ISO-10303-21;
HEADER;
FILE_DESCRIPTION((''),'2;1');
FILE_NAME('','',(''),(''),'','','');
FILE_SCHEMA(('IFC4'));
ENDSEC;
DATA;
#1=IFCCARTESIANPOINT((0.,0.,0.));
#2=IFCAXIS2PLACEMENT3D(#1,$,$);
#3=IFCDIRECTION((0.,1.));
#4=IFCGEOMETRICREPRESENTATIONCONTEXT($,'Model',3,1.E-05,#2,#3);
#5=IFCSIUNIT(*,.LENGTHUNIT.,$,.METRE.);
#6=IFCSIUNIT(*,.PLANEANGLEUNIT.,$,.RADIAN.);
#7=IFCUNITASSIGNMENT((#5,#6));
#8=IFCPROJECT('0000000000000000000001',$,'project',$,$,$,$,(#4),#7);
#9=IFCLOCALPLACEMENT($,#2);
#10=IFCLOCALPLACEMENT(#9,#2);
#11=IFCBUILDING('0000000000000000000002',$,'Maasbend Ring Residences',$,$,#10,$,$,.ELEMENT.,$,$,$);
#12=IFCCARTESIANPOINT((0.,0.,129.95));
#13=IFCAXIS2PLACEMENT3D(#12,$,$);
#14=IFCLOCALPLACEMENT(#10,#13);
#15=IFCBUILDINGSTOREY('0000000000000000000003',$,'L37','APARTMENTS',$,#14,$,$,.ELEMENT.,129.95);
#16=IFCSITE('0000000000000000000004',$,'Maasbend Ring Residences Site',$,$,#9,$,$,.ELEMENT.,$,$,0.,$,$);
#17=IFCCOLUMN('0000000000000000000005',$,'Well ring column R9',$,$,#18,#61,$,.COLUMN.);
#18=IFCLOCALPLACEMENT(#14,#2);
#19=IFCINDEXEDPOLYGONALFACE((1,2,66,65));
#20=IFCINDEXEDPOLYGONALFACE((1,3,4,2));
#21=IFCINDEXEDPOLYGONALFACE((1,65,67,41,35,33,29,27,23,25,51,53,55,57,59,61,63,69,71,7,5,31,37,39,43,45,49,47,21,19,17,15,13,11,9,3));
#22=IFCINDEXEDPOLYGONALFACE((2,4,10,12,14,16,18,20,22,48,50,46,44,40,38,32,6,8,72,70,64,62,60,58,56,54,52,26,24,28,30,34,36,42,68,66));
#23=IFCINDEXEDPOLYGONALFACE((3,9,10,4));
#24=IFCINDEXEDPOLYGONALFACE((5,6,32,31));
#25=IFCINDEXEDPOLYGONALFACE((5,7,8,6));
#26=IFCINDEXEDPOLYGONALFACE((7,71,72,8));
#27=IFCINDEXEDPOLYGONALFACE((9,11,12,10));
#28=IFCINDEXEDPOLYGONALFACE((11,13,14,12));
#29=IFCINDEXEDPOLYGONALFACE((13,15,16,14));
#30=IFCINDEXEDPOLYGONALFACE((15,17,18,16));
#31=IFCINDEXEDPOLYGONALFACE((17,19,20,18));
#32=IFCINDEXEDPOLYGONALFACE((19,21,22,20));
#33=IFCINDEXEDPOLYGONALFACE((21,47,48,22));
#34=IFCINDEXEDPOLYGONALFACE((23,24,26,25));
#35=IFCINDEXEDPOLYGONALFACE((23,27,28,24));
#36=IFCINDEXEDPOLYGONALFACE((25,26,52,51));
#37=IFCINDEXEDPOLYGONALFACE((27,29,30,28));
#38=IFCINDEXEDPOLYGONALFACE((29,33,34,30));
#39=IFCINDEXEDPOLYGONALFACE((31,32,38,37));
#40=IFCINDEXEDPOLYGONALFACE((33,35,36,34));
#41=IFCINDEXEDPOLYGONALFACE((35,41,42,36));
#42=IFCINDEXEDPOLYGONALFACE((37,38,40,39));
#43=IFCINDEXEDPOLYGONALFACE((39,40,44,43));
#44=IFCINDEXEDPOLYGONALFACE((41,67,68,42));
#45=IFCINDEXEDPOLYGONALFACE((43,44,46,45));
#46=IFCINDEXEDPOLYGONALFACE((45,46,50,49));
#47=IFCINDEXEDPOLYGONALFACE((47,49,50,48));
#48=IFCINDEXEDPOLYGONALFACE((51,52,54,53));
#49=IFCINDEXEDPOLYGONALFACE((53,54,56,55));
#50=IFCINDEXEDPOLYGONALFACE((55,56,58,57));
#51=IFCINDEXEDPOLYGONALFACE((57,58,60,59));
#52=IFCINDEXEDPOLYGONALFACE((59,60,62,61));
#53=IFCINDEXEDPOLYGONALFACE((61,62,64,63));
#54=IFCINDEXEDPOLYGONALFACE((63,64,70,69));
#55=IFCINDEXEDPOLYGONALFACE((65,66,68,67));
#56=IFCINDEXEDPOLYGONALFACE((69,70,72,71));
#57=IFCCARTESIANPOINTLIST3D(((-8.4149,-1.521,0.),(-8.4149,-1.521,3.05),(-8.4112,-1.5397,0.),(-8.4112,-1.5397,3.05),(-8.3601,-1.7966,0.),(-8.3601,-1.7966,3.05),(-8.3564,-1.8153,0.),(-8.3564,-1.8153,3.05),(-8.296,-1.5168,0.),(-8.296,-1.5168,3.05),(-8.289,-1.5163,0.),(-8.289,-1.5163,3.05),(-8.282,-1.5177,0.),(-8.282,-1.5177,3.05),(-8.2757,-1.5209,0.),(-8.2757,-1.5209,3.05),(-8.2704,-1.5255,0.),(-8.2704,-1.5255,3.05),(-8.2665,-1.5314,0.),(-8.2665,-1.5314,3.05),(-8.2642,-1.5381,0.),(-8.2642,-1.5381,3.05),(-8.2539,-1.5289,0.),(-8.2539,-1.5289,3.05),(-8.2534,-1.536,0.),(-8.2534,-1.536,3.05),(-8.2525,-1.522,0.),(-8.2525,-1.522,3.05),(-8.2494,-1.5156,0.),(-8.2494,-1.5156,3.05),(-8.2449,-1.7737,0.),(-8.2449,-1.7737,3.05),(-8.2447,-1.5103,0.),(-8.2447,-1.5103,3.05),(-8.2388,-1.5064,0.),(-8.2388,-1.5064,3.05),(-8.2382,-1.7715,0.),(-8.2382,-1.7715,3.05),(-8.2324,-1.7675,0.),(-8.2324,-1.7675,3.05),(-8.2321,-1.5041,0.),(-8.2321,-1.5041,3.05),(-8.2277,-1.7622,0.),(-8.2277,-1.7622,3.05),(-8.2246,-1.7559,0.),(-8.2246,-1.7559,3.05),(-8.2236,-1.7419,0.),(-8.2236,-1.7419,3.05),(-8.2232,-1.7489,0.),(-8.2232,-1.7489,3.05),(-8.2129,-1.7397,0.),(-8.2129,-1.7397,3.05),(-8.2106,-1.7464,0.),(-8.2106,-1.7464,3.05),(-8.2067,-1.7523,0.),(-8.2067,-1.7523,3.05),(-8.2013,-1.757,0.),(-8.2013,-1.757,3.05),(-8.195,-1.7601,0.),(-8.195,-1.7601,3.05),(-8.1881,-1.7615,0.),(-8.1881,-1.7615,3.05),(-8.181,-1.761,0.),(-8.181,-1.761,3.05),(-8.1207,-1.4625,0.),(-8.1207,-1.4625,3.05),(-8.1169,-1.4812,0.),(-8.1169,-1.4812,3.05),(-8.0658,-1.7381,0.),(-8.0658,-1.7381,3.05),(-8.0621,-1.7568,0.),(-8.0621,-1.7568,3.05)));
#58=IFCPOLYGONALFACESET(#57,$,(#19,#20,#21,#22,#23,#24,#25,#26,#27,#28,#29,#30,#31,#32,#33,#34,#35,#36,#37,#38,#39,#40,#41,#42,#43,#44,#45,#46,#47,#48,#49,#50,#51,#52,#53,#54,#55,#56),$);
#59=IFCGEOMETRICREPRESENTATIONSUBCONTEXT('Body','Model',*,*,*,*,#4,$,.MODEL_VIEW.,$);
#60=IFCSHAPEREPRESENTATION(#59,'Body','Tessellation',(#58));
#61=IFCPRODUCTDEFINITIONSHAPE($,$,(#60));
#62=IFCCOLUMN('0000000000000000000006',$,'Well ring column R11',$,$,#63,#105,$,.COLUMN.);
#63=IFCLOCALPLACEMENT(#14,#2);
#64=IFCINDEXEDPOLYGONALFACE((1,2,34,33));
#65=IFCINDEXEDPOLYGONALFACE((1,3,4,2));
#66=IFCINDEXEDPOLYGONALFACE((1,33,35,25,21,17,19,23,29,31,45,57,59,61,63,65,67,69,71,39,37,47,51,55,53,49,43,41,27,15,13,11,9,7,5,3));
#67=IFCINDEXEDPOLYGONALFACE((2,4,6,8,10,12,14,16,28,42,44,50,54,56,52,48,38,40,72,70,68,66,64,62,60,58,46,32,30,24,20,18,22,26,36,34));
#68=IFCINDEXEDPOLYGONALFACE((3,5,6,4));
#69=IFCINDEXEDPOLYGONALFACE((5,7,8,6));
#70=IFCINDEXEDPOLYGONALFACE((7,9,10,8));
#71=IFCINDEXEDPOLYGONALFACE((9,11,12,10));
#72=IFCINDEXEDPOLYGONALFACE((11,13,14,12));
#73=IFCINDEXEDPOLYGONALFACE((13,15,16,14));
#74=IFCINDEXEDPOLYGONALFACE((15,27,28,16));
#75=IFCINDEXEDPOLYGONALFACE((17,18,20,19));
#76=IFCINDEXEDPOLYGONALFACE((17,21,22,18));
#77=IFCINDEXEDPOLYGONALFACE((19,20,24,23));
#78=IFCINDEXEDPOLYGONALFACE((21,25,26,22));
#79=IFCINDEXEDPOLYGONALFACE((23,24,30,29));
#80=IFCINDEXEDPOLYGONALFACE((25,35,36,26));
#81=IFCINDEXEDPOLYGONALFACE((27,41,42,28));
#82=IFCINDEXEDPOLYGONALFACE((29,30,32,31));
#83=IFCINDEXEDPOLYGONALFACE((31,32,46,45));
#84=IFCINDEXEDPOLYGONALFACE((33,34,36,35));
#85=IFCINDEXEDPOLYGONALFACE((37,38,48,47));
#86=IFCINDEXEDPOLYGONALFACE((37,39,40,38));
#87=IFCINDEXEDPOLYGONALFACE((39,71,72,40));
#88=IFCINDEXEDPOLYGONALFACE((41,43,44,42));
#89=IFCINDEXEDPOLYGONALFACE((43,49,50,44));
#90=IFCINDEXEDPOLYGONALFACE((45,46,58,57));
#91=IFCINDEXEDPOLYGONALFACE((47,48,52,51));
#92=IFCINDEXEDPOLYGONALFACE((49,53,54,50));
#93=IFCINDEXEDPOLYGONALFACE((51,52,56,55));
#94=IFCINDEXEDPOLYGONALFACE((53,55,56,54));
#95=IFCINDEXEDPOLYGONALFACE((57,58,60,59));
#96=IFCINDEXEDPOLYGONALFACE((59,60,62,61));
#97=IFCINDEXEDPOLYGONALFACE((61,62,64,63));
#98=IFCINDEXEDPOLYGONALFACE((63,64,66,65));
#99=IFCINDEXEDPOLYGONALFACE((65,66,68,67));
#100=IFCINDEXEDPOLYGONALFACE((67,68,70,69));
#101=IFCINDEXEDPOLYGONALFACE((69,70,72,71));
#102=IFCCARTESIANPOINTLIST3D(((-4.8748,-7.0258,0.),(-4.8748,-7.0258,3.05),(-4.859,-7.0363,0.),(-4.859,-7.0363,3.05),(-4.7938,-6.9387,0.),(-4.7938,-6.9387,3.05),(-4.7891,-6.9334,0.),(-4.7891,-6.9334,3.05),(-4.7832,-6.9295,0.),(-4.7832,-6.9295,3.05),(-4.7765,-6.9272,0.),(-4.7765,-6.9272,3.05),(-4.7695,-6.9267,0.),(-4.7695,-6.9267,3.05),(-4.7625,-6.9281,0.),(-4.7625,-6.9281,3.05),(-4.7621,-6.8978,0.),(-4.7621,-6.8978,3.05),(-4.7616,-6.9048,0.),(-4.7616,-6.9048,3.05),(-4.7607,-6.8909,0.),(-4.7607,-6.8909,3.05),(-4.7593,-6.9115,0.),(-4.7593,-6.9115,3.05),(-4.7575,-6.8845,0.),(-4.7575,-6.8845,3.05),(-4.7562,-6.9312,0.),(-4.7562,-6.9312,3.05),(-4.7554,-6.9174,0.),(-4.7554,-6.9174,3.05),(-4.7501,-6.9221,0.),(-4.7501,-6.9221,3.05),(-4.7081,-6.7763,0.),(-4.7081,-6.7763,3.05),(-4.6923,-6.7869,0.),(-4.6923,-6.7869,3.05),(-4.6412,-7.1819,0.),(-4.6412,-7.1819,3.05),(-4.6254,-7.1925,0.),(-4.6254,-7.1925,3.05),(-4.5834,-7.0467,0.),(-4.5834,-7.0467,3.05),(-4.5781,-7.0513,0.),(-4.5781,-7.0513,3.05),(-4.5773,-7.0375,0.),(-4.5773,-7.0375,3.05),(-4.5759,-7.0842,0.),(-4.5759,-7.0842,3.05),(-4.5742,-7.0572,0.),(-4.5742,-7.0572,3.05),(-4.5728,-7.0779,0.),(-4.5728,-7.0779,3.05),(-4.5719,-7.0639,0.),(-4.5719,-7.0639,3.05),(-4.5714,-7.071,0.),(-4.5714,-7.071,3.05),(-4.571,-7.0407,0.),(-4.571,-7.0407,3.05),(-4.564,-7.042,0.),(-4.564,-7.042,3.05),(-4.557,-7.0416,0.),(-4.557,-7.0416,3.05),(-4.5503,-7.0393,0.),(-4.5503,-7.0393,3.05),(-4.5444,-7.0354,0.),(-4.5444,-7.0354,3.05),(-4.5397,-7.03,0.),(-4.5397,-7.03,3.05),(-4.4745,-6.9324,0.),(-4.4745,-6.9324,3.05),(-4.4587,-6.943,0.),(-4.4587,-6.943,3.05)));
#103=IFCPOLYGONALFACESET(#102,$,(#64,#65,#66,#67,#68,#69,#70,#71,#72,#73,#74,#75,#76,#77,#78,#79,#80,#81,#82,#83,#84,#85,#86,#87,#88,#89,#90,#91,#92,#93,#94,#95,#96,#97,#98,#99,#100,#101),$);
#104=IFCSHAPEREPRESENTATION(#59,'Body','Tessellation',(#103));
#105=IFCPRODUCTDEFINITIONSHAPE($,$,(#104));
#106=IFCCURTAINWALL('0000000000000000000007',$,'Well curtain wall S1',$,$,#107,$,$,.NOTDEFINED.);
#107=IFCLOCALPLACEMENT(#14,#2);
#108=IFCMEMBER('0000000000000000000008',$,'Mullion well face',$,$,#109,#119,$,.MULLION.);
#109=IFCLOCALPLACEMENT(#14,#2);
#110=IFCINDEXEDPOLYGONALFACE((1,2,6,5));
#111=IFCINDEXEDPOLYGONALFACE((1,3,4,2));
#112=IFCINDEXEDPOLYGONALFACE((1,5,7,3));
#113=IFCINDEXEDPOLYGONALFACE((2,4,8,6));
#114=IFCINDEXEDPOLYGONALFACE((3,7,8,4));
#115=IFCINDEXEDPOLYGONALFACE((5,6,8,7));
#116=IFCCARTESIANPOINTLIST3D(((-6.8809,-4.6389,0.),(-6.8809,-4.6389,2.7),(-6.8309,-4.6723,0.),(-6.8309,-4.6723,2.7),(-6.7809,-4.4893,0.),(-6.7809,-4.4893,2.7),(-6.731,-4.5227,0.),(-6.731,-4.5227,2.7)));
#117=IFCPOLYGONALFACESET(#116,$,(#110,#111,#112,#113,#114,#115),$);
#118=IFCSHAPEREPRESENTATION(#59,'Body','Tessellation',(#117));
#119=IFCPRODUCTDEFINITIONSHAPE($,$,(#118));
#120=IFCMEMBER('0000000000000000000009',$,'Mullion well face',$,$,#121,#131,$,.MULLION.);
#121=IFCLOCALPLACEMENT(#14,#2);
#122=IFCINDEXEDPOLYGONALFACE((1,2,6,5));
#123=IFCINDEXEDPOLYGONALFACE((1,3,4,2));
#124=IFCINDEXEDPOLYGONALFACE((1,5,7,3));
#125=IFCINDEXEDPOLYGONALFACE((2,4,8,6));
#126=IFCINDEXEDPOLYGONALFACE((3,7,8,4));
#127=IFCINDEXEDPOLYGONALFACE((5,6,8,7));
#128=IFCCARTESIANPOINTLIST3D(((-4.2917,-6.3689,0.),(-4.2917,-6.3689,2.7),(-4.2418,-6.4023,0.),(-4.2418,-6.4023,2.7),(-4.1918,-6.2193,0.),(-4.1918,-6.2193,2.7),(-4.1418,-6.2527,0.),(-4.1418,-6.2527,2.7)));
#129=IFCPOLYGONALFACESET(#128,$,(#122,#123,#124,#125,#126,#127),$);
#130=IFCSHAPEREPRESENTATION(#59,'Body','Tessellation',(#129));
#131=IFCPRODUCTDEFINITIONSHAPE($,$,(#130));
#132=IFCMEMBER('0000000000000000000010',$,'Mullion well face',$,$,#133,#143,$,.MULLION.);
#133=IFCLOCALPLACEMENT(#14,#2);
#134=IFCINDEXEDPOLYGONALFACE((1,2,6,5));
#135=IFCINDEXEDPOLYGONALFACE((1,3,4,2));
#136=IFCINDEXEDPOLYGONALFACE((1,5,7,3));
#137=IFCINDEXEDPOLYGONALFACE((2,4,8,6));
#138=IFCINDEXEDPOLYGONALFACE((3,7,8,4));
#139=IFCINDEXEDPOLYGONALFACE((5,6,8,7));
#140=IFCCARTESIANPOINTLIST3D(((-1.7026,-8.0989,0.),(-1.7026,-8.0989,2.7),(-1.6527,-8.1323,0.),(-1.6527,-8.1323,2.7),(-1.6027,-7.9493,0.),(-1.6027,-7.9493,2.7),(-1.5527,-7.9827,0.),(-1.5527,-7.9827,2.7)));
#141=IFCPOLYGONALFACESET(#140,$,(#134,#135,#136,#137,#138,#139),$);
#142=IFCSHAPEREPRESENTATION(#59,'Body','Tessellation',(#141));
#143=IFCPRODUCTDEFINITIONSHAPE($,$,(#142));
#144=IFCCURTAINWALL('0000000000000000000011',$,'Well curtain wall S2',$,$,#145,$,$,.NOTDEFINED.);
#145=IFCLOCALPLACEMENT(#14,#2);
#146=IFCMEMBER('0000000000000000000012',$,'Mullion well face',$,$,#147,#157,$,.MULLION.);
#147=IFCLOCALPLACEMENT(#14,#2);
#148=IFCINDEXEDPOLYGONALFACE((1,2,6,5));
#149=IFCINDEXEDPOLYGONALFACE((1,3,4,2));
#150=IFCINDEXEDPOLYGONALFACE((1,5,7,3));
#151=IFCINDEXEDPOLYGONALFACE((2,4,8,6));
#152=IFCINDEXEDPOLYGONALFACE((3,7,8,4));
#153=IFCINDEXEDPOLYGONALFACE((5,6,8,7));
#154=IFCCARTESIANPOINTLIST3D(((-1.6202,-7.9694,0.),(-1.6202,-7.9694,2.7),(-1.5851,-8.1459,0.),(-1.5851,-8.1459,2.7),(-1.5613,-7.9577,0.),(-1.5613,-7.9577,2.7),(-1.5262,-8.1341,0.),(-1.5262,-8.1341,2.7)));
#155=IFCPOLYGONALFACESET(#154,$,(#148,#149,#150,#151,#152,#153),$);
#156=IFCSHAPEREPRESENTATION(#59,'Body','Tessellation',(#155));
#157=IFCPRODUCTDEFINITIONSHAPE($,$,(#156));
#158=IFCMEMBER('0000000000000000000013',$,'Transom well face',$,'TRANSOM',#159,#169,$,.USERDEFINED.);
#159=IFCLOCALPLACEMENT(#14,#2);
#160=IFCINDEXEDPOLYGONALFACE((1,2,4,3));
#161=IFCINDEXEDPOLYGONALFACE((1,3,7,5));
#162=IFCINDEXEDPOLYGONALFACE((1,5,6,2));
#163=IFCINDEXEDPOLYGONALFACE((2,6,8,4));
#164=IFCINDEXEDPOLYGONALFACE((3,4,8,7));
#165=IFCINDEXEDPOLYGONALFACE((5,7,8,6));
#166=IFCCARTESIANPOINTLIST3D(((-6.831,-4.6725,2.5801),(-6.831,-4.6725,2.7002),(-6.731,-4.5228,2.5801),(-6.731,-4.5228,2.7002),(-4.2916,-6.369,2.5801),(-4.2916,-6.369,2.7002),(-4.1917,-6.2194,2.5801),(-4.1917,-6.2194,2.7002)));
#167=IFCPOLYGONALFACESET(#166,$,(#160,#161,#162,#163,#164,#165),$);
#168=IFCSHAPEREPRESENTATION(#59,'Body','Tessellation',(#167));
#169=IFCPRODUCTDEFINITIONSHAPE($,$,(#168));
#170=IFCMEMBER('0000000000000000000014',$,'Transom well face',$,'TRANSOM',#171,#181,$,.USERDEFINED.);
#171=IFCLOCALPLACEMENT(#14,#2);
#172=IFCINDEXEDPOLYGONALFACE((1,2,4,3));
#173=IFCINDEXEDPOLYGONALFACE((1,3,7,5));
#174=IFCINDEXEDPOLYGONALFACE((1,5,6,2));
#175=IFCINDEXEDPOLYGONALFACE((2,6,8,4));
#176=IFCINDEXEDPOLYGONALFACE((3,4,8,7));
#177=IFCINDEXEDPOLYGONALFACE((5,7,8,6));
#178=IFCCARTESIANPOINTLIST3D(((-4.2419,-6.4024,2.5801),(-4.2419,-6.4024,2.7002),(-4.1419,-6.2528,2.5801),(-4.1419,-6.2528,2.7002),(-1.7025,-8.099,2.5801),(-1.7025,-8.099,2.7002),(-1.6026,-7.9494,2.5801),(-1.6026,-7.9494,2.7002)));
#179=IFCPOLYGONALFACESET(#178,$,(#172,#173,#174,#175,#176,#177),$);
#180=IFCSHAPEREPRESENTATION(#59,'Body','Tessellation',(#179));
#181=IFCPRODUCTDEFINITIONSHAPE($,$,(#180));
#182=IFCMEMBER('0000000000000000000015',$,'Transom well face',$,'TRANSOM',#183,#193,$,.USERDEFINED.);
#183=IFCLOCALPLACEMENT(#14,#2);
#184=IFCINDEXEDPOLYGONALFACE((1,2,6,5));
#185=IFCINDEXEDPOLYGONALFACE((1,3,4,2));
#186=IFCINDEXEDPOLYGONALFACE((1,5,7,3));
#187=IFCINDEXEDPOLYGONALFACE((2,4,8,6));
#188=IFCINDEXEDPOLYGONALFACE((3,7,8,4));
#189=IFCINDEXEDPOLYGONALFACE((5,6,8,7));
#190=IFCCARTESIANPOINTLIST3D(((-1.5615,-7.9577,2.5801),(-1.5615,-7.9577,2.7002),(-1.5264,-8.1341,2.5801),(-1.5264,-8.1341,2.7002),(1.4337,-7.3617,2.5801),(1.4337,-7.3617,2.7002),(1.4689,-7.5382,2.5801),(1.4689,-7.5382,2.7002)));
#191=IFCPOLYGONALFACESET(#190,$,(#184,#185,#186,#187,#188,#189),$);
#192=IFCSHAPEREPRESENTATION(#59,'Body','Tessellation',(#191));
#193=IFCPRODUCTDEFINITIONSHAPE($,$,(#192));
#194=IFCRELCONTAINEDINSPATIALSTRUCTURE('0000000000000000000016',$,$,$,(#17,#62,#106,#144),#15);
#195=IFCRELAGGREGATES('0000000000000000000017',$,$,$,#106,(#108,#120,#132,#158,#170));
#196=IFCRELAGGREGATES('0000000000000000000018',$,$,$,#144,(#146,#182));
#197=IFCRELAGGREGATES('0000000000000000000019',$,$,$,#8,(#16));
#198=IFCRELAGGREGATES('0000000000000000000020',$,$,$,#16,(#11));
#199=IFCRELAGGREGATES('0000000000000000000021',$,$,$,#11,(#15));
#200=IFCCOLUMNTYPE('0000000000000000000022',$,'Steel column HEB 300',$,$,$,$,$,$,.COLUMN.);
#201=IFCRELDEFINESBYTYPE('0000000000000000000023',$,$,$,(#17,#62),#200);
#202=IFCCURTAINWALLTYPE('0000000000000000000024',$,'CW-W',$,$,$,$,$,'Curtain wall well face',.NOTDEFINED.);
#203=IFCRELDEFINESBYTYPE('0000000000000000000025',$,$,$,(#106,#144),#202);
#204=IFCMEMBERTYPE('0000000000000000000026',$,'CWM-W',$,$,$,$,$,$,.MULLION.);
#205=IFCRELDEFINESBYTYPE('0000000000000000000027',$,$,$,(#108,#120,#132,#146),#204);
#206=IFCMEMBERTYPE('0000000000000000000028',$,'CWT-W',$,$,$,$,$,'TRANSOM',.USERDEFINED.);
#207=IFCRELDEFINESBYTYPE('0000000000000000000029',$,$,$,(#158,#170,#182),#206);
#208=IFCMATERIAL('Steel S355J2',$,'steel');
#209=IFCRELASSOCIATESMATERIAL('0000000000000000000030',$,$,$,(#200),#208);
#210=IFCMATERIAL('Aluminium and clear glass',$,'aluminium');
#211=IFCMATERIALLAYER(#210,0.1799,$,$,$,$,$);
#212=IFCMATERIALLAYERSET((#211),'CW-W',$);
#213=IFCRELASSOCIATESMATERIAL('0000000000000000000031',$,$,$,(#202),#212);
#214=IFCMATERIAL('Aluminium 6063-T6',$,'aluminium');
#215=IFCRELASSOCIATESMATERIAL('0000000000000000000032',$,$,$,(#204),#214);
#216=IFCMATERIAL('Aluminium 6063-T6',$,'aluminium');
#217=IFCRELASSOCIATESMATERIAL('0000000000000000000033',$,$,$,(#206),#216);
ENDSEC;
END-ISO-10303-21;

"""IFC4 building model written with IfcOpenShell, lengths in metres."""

from ifc_helpers import new_model, si_unit, direction, frame, origin, origin_2d, place, context, subcontext, project, spatial, rectangle, i_section, extrude, material, layer, layer_set, material_profile, profile_set, type_object, element, aggregate, save


model = new_model("IFC4")

# Units and contexts
model_context = context("Model", 3, precision=1e-05, world=origin(), true_north=direction((0.0, 1.0)))
body_context = subcontext(model_context, "Body", "Model", "MODEL_VIEW")
ifc_project = project(units=[si_unit("LENGTHUNIT", "METRE"), si_unit("PLANEANGLEUNIT", "RADIAN")], contexts=[model_context])

# Site, building, storey
site_placement = place(None, origin())
site = spatial("IfcSite", under=ifc_project, at=site_placement, Name="Maasbend Ring Residences Site", CompositionType="ELEMENT", RefElevation=0.0)
building_placement = place(site_placement, origin())
building = spatial("IfcBuilding", under=site, at=building_placement, Name="Maasbend Ring Residences", CompositionType="ELEMENT")
storey_placement = place(building_placement, frame((0.0, 0.0, 129.95)))
storey = spatial("IfcBuildingStorey", under=building, at=storey_placement, Name="L37", Description="APARTMENTS", CompositionType="ELEMENT", Elevation=129.95)

# Columns
ifc_material_1 = material(Name="Steel S355J2", Category="steel")
ifc_material_profile_1 = material_profile(ifc_material_1, i_section(OverallWidth=0.3, OverallDepth=0.3, WebThickness=0.011, FlangeThickness=0.019, FilletRadius=0.0271, at=origin_2d()), Name="HEB 300")
ifc_profile_set_1 = profile_set([ifc_material_profile_1], Name="Steel S355J2")
column_type = type_object("IfcColumnType", Name="Steel column HEB 300", PredefinedType="COLUMN", material=ifc_profile_set_1)
for number, where, z_axis, x_axis, name in (
    (1, (-8.2385, -1.6389, 0.0), (0.0, 0.0, 1.0), (-0.980785, -0.19509, 0.0), "Well ring column R9"),
    (2, (-4.6667, -6.9844, 0.0), (0.0, 0.0, 1.0), (-0.55557, -0.83147, 0.0), "Well ring column R11"),
):
    element("IfcColumn", number, at=place(storey_placement, frame(where, z_axis=z_axis, x_axis=x_axis)), inside=storey, type_object=column_type, Name=name, PredefinedType="COLUMN", context=body_context, shape_type="SweptSolid", body=[
        extrude(i_section(OverallWidth=0.3, OverallDepth=0.3, WebThickness=0.011, FlangeThickness=0.019, FilletRadius=0.0271, at=origin_2d()), origin(), (0.0, 0.0, 1.0), 3.05),
    ])

# Curtain wall, members
ifc_material_2 = material(Name="Aluminium and clear glass", Category="aluminium")
ifc_layer_1 = layer(ifc_material_2, 0.1799)
ifc_layer_set_1 = layer_set([ifc_layer_1], Name="CW-W")
curtain_wall_type = type_object("IfcCurtainWallType", Name="CW-W", ElementType="Curtain wall well face", PredefinedType="NOTDEFINED", material=ifc_layer_set_1)
curtain_wall_1_placement = place(storey_placement, origin())
curtain_wall_1 = element("IfcCurtainWall", 3, at=curtain_wall_1_placement, inside=storey, type_object=curtain_wall_type, Name="Well curtain wall S1", PredefinedType="NOTDEFINED")
ifc_material_3 = material(Name="Aluminium 6063-T6", Category="aluminium")
ifc_material_profile_2 = material_profile(ifc_material_3, rectangle(XDim=0.1799, YDim=0.0601, at=origin_2d()), Name="AL 180x60")
ifc_profile_set_2 = profile_set([ifc_material_profile_2], Name="Aluminium 6063-T6")
member_type_1 = type_object("IfcMemberType", Name="CWM-W", PredefinedType="MULLION", material=ifc_profile_set_2)
member_1_placement = place(storey_placement, frame((-6.8059, -4.5808, 0.0), z_axis=(0.0, 0.0, 1.0), x_axis=(0.55557, 0.83147, 0.0)))
member_1 = element("IfcMember", 4, at=member_1_placement, type_object=member_type_1, Name="Mullion well face", PredefinedType="MULLION", context=body_context, shape_type="SweptSolid", body=[
    extrude(rectangle(XDim=0.1799, YDim=0.0601, at=origin_2d()), origin(), (0.0, 0.0, 1.0), 2.7),
])
member_2_placement = place(storey_placement, frame((-4.2168, -6.3108, 0.0), z_axis=(0.0, 0.0, 1.0), x_axis=(0.55557, 0.83147, 0.0)))
member_2 = element("IfcMember", 5, at=member_2_placement, type_object=member_type_1, Name="Mullion well face", PredefinedType="MULLION", context=body_context, shape_type="SweptSolid", body=[
    extrude(rectangle(XDim=0.1799, YDim=0.0601, at=origin_2d()), origin(), (0.0, 0.0, 1.0), 2.7),
])
member_3_placement = place(storey_placement, frame((-1.6277, -8.0408, 0.0), z_axis=(0.0, 0.0, 1.0), x_axis=(0.55557, 0.83147, 0.0)))
member_3 = element("IfcMember", 6, at=member_3_placement, type_object=member_type_1, Name="Mullion well face", PredefinedType="MULLION", context=body_context, shape_type="SweptSolid", body=[
    extrude(rectangle(XDim=0.1799, YDim=0.0601, at=origin_2d()), origin(), (0.0, 0.0, 1.0), 2.7),
])

# Curtain wall, member
curtain_wall_2_placement = place(storey_placement, origin())
curtain_wall_2 = element("IfcCurtainWall", 7, at=curtain_wall_2_placement, inside=storey, type_object=curtain_wall_type, Name="Well curtain wall S2", PredefinedType="NOTDEFINED")
member_4_placement = place(storey_placement, frame((-1.5732, -8.0518, 0.0), z_axis=(0.0, 0.0, 1.0), x_axis=(-0.19509, 0.980785, 0.0)))
member_4 = element("IfcMember", 8, at=member_4_placement, type_object=member_type_1, Name="Mullion well face", PredefinedType="MULLION", context=body_context, shape_type="SweptSolid", body=[
    extrude(rectangle(XDim=0.1799, YDim=0.0601, at=origin_2d()), origin(), (0.0, 0.0, 1.0), 2.7),
])

# Members
ifc_material_4 = material(Name="Aluminium 6063-T6", Category="aluminium")
ifc_material_profile_3 = material_profile(ifc_material_4, rectangle(XDim=0.1799, YDim=0.1201, at=origin_2d()), Name="AL 180x120")
ifc_profile_set_3 = profile_set([ifc_material_profile_3], Name="Aluminium 6063-T6")
member_type_2 = type_object("IfcMemberType", Name="CWT-W", ElementType="TRANSOM", PredefinedType="USERDEFINED", material=ifc_profile_set_3)
member_5_placement = place(storey_placement, frame((-6.781, -4.5977, 2.6401), z_axis=(0.831496, -0.55553, 0.0), x_axis=(0.55553, 0.831496, 0.0)))
member_5 = element("IfcMember", 9, at=member_5_placement, type_object=member_type_2, Name="Transom well face", ObjectType="TRANSOM", PredefinedType="USERDEFINED", context=body_context, shape_type="SweptSolid", body=[
    extrude(rectangle(XDim=0.1799, YDim=0.1201, at=origin_2d()), origin(), (0.0, 0.0, 1.0), 3.054),
])
member_6_placement = place(storey_placement, frame((-4.1919, -6.3276, 2.6401), z_axis=(0.831496, -0.55553, 0.0), x_axis=(0.55553, 0.831496, 0.0)))
member_6 = element("IfcMember", 10, at=member_6_placement, type_object=member_type_2, Name="Transom well face", ObjectType="TRANSOM", PredefinedType="USERDEFINED", context=body_context, shape_type="SweptSolid", body=[
    extrude(rectangle(XDim=0.1799, YDim=0.1201, at=origin_2d()), origin(), (0.0, 0.0, 1.0), 3.054),
])
member_7_placement = place(storey_placement, frame((-1.5439, -8.0459, 2.6401), z_axis=(0.980777, 0.195132, 0.0), x_axis=(-0.195132, 0.980777, 0.0)))
member_7 = element("IfcMember", 11, at=member_7_placement, type_object=member_type_2, Name="Transom well face", ObjectType="TRANSOM", PredefinedType="USERDEFINED", context=body_context, shape_type="SweptSolid", body=[
    extrude(rectangle(XDim=0.1799, YDim=0.1201, at=origin_2d()), origin(), (0.0, 0.0, 1.0), 3.054),
])

aggregate(curtain_wall_1, [member_1, member_2, member_3, member_5, member_6])
aggregate(curtain_wall_2, [member_4, member_7])

save(model, "model.ifc")
